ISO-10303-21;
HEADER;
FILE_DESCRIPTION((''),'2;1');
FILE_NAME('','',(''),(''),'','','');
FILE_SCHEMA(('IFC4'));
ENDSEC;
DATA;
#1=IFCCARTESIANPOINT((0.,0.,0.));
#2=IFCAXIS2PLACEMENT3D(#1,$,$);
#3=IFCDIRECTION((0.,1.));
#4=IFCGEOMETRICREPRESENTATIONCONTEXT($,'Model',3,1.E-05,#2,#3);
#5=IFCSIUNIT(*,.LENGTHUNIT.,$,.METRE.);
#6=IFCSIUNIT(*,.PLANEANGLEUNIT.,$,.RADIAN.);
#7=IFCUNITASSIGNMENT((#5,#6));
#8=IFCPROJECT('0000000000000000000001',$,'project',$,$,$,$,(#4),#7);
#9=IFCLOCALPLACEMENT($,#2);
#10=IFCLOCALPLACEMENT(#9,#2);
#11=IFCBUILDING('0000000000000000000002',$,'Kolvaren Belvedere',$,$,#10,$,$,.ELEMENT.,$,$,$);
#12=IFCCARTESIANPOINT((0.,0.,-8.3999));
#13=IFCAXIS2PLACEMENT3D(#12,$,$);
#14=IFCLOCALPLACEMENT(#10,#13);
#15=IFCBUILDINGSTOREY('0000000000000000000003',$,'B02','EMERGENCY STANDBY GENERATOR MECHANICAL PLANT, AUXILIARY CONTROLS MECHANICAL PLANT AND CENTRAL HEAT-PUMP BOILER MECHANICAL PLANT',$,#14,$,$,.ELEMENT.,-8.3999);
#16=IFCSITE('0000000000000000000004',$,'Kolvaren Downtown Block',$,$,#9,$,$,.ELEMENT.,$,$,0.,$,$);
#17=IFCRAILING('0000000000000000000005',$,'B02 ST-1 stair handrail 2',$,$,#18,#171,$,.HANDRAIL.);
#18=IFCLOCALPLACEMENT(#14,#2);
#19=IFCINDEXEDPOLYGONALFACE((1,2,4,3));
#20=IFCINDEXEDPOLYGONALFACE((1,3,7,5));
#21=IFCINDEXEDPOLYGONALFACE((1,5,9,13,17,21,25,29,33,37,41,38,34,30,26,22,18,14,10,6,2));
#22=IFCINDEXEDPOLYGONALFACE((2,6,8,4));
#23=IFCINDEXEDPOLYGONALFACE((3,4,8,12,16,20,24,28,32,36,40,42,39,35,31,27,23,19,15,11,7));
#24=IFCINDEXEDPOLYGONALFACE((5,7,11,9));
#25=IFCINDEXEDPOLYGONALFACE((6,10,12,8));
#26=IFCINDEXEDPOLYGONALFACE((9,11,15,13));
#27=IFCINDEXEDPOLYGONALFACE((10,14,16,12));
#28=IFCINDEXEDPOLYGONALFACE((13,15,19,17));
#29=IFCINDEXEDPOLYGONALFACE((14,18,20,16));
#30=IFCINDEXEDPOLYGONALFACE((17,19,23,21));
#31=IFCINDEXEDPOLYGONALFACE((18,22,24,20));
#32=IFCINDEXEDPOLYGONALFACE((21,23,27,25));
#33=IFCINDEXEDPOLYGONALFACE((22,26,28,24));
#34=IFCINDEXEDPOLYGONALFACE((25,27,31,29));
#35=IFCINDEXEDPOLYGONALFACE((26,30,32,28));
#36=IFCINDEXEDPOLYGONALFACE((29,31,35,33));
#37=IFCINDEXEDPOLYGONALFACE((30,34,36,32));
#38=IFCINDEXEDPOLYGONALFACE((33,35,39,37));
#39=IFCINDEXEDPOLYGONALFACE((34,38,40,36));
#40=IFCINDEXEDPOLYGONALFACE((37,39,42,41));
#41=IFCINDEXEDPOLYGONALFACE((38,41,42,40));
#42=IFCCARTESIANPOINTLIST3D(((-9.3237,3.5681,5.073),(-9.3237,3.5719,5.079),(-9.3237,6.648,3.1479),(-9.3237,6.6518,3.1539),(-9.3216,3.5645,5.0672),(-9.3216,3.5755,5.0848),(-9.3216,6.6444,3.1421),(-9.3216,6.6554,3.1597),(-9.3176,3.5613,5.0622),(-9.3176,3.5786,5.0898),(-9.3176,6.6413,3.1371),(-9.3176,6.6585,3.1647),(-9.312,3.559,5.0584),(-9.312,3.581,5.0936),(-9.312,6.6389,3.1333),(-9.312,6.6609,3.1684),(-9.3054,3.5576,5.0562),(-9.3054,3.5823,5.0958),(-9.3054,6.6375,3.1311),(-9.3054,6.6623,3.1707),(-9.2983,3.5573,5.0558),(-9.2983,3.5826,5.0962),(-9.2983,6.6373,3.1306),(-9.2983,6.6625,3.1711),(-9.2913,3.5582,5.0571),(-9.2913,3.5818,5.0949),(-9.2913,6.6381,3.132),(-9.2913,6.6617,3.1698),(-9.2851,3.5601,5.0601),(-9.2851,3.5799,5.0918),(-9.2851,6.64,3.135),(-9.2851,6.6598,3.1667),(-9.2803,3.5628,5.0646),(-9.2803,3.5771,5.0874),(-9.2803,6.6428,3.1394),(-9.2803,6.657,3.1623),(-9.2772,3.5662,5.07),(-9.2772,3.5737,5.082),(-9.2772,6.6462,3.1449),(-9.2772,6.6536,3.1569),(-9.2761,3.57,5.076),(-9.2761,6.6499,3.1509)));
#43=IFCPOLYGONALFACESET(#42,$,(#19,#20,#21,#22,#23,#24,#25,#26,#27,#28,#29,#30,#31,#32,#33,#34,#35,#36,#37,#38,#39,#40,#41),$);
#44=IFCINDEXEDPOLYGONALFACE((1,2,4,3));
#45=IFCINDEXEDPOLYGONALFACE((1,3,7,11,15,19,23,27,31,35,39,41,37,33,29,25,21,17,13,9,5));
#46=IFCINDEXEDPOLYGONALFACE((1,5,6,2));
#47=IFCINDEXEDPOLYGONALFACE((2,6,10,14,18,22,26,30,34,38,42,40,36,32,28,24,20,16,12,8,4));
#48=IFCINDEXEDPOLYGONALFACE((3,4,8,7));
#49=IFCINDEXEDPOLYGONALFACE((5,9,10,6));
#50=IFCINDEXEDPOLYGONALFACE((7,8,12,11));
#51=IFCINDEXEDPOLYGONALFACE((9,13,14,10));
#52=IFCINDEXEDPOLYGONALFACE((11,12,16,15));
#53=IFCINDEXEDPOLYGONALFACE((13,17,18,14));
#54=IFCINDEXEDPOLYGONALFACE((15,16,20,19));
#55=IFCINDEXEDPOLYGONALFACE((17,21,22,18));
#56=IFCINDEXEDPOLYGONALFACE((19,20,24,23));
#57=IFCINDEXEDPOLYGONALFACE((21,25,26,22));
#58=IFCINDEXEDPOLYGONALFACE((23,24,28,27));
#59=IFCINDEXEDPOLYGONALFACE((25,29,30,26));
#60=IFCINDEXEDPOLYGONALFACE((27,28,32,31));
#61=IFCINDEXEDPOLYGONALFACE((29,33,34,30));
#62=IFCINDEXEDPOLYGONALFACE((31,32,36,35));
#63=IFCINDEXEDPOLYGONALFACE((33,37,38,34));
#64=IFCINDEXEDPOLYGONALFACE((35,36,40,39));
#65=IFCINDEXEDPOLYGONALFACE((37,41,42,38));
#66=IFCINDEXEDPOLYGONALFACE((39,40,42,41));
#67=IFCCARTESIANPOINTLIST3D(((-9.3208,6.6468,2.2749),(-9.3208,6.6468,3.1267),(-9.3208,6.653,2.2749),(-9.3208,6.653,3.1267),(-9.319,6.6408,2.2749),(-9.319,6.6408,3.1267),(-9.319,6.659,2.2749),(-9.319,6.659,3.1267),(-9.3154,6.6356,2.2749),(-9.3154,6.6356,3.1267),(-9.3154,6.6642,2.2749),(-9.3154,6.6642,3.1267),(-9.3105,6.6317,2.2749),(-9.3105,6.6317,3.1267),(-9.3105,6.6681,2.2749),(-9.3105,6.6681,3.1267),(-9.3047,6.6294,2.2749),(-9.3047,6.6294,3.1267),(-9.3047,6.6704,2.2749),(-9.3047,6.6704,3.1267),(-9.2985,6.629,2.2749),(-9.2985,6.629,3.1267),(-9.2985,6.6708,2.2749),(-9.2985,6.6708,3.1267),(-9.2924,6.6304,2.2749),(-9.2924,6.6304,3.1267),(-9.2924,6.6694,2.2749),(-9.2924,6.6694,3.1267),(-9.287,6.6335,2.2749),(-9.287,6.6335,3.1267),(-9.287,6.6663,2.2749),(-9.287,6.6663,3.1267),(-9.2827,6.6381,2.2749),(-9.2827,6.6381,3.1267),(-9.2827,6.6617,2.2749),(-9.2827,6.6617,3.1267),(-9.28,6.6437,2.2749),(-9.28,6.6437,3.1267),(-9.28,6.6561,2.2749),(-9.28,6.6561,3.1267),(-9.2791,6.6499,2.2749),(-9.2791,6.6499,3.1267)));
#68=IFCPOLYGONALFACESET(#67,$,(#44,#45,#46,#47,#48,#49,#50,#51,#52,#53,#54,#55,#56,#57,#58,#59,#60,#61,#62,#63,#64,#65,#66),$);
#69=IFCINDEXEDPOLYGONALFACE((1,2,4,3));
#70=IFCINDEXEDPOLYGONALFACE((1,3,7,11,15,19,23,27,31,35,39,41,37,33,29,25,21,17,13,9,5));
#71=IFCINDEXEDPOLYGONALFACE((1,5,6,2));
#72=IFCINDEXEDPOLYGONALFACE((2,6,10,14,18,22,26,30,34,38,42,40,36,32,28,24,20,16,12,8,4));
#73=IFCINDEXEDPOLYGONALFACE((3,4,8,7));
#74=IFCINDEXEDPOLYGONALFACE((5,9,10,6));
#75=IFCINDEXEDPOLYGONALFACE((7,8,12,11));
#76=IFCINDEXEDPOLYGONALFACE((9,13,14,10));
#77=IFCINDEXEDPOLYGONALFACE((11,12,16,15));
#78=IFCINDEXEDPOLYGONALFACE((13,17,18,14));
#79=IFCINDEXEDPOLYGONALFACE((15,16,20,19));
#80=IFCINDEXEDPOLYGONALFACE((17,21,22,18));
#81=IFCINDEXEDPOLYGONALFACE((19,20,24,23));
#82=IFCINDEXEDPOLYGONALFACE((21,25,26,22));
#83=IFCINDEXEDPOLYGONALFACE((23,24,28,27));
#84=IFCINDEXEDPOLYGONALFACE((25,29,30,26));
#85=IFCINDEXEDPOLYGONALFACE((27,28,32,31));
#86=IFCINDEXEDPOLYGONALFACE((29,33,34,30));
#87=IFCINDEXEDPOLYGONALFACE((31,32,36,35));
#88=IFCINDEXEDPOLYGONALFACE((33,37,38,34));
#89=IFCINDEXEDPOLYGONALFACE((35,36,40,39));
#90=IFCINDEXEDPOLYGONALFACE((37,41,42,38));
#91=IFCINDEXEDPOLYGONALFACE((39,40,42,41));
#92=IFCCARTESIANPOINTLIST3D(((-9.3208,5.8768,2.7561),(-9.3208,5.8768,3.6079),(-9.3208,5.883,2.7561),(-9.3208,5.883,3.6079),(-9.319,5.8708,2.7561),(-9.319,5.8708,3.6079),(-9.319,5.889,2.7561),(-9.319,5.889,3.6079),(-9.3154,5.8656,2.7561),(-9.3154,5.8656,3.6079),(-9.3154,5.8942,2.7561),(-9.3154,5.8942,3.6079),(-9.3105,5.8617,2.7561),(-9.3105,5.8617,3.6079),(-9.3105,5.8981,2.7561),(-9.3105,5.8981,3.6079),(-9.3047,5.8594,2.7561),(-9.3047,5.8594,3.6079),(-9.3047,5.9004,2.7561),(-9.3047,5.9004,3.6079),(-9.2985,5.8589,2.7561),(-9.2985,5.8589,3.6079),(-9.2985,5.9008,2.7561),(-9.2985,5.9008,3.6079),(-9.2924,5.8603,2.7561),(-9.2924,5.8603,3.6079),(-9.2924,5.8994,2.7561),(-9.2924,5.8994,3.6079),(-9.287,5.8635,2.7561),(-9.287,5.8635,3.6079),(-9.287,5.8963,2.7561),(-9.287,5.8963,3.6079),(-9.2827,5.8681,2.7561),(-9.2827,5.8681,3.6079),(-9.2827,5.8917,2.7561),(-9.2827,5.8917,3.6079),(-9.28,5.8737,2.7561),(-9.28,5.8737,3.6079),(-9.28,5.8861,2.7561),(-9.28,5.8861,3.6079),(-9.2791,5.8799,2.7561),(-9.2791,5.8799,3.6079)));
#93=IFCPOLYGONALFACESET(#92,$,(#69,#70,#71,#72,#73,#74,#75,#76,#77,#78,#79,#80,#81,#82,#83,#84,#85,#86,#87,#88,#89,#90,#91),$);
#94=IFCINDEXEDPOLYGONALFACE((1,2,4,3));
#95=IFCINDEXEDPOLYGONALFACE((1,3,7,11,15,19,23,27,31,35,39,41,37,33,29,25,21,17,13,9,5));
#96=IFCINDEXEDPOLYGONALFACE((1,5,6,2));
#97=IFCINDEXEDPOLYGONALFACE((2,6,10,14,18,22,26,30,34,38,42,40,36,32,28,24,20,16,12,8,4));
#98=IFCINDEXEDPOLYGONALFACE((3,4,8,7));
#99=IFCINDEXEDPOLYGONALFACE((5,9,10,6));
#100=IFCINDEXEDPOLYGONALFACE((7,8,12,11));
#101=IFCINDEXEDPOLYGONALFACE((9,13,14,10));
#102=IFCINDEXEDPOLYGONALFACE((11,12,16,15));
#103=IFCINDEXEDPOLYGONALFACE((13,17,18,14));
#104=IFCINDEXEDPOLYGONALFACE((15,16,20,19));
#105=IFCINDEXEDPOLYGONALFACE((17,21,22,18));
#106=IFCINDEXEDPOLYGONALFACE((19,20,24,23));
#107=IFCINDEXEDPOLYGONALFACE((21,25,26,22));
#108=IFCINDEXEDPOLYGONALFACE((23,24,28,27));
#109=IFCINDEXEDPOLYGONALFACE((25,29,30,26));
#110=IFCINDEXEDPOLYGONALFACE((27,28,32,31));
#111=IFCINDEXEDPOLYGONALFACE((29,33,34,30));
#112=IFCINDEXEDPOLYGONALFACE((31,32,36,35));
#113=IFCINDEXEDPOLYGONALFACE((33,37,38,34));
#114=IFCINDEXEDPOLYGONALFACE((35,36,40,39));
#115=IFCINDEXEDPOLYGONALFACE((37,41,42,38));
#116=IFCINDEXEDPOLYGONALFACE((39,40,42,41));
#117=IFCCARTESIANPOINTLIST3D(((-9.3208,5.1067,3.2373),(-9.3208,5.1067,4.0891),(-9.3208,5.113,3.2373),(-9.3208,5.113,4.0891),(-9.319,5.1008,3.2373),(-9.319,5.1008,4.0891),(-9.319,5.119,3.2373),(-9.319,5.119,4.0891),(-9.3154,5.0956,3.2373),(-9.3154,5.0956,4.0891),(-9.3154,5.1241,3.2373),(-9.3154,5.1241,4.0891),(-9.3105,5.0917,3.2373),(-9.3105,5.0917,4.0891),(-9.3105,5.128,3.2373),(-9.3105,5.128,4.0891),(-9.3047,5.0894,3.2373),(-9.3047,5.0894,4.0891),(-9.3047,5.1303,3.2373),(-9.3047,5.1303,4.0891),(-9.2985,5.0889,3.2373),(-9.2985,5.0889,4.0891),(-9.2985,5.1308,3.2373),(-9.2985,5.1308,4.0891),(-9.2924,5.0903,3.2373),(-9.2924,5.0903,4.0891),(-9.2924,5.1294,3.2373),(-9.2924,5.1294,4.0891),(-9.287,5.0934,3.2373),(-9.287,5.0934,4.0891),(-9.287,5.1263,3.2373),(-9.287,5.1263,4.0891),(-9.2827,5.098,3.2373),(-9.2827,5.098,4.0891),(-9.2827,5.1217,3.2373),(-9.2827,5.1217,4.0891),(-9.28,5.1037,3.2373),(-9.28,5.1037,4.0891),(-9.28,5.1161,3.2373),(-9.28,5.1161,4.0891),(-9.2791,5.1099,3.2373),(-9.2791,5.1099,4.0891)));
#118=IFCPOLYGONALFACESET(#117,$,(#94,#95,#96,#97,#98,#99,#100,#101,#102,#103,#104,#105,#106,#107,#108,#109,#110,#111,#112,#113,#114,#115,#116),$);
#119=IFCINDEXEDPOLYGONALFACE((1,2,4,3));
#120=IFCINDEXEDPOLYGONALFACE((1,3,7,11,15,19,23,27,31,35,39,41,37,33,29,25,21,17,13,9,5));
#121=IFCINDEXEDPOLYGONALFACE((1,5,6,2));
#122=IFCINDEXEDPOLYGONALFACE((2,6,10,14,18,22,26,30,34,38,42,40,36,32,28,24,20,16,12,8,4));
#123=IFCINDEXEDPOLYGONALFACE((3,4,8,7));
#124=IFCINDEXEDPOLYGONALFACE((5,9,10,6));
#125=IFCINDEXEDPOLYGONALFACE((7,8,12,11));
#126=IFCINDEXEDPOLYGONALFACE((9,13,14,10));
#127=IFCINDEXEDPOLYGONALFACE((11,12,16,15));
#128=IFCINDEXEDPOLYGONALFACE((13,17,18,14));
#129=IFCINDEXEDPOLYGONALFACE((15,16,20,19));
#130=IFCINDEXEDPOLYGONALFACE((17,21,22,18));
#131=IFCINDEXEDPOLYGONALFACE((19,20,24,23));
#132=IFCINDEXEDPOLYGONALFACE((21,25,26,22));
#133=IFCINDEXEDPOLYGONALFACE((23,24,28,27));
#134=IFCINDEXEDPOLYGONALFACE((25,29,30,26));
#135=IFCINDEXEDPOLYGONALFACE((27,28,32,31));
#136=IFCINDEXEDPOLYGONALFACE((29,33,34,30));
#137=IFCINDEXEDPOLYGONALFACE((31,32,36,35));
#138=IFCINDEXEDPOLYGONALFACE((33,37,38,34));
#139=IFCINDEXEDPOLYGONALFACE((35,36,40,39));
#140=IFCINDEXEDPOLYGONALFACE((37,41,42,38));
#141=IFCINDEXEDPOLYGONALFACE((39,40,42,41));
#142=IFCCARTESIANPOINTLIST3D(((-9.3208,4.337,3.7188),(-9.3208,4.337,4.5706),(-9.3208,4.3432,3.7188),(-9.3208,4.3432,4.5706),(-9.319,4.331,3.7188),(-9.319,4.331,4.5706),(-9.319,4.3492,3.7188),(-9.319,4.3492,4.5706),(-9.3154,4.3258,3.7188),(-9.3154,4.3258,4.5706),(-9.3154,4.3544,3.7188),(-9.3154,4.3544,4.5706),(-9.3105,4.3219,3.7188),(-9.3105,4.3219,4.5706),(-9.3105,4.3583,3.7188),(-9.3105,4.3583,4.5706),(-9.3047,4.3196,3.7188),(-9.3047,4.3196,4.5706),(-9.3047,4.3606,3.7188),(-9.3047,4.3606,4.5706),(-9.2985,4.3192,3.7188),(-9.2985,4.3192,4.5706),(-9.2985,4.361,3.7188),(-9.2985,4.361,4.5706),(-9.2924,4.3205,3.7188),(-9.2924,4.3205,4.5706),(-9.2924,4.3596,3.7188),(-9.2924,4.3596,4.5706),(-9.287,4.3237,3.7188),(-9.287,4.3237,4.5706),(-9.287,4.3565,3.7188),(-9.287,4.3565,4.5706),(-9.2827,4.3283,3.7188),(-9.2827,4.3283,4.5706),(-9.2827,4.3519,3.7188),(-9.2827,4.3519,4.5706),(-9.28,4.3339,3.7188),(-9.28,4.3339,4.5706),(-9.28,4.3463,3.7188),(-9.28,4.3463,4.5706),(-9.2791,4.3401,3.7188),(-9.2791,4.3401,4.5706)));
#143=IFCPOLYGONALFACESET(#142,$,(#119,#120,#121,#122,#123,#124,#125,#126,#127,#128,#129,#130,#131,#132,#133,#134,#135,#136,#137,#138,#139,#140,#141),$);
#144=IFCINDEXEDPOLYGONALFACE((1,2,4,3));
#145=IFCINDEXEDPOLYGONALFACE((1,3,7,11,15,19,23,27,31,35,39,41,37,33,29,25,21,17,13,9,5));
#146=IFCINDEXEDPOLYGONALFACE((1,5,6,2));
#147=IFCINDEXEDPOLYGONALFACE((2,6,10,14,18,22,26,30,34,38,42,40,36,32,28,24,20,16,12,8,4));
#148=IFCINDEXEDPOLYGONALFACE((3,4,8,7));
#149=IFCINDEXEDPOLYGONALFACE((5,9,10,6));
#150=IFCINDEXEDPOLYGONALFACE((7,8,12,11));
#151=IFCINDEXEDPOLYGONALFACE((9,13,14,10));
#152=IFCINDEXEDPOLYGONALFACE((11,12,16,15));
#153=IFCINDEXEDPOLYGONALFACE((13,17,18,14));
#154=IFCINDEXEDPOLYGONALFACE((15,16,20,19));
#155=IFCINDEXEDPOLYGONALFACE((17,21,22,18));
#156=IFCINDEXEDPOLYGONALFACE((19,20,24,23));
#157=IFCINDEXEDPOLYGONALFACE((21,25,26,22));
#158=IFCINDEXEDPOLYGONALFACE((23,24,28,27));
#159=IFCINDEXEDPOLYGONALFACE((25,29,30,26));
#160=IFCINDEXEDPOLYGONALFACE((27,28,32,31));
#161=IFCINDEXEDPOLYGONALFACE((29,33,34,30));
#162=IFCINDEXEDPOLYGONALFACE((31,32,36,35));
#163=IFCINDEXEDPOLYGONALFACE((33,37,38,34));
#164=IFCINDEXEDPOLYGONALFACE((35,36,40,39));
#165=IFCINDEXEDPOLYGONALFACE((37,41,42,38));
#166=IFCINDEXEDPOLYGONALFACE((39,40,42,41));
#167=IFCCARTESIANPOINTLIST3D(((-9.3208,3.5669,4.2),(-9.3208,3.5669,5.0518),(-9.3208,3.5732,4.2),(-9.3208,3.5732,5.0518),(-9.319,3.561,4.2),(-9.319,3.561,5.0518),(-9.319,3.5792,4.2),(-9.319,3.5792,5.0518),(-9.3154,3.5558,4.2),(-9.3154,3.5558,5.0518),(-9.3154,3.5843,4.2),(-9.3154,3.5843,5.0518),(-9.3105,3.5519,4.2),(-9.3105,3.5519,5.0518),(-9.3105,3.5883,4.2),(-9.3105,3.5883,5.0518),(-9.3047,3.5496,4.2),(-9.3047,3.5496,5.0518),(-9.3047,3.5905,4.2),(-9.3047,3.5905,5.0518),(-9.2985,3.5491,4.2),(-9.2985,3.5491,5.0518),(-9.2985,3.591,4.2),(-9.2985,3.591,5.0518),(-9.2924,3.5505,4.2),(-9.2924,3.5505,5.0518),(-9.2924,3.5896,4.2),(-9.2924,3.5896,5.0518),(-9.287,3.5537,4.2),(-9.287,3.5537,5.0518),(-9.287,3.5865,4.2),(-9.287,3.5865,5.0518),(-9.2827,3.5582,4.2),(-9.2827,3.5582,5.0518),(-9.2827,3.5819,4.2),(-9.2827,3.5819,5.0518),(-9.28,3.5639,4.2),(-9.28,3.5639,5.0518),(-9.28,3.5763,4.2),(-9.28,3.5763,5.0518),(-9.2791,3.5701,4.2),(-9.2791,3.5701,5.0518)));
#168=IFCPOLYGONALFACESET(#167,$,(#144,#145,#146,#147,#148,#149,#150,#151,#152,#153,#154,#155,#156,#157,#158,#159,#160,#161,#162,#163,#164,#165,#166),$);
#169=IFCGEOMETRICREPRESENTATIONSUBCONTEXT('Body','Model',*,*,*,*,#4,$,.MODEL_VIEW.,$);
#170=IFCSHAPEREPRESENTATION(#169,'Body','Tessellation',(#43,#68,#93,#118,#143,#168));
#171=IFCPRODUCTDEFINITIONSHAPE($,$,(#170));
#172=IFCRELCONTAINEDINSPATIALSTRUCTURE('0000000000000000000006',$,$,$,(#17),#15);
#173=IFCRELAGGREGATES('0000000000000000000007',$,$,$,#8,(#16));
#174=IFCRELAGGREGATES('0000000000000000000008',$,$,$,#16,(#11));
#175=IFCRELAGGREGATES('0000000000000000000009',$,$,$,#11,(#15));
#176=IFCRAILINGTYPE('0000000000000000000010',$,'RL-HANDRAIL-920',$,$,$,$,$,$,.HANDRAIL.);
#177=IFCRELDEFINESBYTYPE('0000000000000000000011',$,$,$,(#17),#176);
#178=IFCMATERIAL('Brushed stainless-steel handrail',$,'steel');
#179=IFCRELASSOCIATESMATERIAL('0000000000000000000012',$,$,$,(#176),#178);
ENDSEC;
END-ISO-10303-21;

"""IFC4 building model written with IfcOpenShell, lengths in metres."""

from ifc_helpers import new_model, si_unit, direction, frame, origin, origin_2d, place, context, subcontext, project, spatial, circle, extrude, material, type_object, element, save


model = new_model("IFC4")

# Units and contexts
model_context = context("Model", 3, precision=1e-05, world=origin(), true_north=direction((0.0, 1.0)))
body_context = subcontext(model_context, "Body", "Model", "MODEL_VIEW")
ifc_project = project(units=[si_unit("LENGTHUNIT", "METRE"), si_unit("PLANEANGLEUNIT", "RADIAN")], contexts=[model_context])

# Site, building, storey
site_placement = place(None, origin())
site = spatial("IfcSite", under=ifc_project, at=site_placement, Name="Kolvaren Downtown Block", CompositionType="ELEMENT", RefElevation=0.0)
building_placement = place(site_placement, origin())
building = spatial("IfcBuilding", under=site, at=building_placement, Name="Kolvaren Belvedere", CompositionType="ELEMENT")
storey_placement = place(building_placement, frame((0.0, 0.0, -8.3999)))
storey = spatial("IfcBuildingStorey", under=building, at=storey_placement, Name="B02", Description="EMERGENCY STANDBY GENERATOR MECHANICAL PLANT, AUXILIARY CONTROLS MECHANICAL PLANT AND CENTRAL HEAT-PUMP BOILER MECHANICAL PLANT", CompositionType="ELEMENT", Elevation=-8.3999)

# Railing
ifc_material_1 = material(Name="Brushed stainless-steel handrail", Category="steel")
railing_type_1 = type_object("IfcRailingType", Name="RL-HANDRAIL-920", PredefinedType="HANDRAIL", material=ifc_material_1)
railing_1_placement = place(storey_placement, frame((-9.3, 6.6499, 2.2749)))
element("IfcRailing", 1, at=railing_1_placement, inside=storey, type_object=railing_type_1, Name="B02 ST-1 stair handrail 2", PredefinedType="HANDRAIL", context=body_context, shape_type="SweptSolid", body=[
    extrude(circle(Radius=0.0239, at=origin_2d()), frame((0.0, 0.0, 0.876), z_axis=(0.0, -0.847979, 0.530029), x_axis=(1.0, 0.0, 0.0)), (0.0, 0.0, 1.0), 3.6321),
    extrude(circle(Radius=0.021, at=origin_2d()), origin(), (0.0, 0.0, 1.0), 0.8518),
    extrude(circle(Radius=0.021, at=origin_2d()), frame((0.0, -0.77, 0.4812)), (0.0, 0.0, 1.0), 0.8518),
    extrude(circle(Radius=0.021, at=origin_2d()), frame((0.0, -1.54, 0.9624)), (0.0, 0.0, 1.0), 0.8518),
    extrude(circle(Radius=0.021, at=origin_2d()), frame((0.0, -2.3098, 1.4438)), (0.0, 0.0, 1.0), 0.8518),
    extrude(circle(Radius=0.021, at=origin_2d()), frame((0.0, -3.0798, 1.925)), (0.0, 0.0, 1.0), 0.8518),
])

save(model, "model.ifc")
